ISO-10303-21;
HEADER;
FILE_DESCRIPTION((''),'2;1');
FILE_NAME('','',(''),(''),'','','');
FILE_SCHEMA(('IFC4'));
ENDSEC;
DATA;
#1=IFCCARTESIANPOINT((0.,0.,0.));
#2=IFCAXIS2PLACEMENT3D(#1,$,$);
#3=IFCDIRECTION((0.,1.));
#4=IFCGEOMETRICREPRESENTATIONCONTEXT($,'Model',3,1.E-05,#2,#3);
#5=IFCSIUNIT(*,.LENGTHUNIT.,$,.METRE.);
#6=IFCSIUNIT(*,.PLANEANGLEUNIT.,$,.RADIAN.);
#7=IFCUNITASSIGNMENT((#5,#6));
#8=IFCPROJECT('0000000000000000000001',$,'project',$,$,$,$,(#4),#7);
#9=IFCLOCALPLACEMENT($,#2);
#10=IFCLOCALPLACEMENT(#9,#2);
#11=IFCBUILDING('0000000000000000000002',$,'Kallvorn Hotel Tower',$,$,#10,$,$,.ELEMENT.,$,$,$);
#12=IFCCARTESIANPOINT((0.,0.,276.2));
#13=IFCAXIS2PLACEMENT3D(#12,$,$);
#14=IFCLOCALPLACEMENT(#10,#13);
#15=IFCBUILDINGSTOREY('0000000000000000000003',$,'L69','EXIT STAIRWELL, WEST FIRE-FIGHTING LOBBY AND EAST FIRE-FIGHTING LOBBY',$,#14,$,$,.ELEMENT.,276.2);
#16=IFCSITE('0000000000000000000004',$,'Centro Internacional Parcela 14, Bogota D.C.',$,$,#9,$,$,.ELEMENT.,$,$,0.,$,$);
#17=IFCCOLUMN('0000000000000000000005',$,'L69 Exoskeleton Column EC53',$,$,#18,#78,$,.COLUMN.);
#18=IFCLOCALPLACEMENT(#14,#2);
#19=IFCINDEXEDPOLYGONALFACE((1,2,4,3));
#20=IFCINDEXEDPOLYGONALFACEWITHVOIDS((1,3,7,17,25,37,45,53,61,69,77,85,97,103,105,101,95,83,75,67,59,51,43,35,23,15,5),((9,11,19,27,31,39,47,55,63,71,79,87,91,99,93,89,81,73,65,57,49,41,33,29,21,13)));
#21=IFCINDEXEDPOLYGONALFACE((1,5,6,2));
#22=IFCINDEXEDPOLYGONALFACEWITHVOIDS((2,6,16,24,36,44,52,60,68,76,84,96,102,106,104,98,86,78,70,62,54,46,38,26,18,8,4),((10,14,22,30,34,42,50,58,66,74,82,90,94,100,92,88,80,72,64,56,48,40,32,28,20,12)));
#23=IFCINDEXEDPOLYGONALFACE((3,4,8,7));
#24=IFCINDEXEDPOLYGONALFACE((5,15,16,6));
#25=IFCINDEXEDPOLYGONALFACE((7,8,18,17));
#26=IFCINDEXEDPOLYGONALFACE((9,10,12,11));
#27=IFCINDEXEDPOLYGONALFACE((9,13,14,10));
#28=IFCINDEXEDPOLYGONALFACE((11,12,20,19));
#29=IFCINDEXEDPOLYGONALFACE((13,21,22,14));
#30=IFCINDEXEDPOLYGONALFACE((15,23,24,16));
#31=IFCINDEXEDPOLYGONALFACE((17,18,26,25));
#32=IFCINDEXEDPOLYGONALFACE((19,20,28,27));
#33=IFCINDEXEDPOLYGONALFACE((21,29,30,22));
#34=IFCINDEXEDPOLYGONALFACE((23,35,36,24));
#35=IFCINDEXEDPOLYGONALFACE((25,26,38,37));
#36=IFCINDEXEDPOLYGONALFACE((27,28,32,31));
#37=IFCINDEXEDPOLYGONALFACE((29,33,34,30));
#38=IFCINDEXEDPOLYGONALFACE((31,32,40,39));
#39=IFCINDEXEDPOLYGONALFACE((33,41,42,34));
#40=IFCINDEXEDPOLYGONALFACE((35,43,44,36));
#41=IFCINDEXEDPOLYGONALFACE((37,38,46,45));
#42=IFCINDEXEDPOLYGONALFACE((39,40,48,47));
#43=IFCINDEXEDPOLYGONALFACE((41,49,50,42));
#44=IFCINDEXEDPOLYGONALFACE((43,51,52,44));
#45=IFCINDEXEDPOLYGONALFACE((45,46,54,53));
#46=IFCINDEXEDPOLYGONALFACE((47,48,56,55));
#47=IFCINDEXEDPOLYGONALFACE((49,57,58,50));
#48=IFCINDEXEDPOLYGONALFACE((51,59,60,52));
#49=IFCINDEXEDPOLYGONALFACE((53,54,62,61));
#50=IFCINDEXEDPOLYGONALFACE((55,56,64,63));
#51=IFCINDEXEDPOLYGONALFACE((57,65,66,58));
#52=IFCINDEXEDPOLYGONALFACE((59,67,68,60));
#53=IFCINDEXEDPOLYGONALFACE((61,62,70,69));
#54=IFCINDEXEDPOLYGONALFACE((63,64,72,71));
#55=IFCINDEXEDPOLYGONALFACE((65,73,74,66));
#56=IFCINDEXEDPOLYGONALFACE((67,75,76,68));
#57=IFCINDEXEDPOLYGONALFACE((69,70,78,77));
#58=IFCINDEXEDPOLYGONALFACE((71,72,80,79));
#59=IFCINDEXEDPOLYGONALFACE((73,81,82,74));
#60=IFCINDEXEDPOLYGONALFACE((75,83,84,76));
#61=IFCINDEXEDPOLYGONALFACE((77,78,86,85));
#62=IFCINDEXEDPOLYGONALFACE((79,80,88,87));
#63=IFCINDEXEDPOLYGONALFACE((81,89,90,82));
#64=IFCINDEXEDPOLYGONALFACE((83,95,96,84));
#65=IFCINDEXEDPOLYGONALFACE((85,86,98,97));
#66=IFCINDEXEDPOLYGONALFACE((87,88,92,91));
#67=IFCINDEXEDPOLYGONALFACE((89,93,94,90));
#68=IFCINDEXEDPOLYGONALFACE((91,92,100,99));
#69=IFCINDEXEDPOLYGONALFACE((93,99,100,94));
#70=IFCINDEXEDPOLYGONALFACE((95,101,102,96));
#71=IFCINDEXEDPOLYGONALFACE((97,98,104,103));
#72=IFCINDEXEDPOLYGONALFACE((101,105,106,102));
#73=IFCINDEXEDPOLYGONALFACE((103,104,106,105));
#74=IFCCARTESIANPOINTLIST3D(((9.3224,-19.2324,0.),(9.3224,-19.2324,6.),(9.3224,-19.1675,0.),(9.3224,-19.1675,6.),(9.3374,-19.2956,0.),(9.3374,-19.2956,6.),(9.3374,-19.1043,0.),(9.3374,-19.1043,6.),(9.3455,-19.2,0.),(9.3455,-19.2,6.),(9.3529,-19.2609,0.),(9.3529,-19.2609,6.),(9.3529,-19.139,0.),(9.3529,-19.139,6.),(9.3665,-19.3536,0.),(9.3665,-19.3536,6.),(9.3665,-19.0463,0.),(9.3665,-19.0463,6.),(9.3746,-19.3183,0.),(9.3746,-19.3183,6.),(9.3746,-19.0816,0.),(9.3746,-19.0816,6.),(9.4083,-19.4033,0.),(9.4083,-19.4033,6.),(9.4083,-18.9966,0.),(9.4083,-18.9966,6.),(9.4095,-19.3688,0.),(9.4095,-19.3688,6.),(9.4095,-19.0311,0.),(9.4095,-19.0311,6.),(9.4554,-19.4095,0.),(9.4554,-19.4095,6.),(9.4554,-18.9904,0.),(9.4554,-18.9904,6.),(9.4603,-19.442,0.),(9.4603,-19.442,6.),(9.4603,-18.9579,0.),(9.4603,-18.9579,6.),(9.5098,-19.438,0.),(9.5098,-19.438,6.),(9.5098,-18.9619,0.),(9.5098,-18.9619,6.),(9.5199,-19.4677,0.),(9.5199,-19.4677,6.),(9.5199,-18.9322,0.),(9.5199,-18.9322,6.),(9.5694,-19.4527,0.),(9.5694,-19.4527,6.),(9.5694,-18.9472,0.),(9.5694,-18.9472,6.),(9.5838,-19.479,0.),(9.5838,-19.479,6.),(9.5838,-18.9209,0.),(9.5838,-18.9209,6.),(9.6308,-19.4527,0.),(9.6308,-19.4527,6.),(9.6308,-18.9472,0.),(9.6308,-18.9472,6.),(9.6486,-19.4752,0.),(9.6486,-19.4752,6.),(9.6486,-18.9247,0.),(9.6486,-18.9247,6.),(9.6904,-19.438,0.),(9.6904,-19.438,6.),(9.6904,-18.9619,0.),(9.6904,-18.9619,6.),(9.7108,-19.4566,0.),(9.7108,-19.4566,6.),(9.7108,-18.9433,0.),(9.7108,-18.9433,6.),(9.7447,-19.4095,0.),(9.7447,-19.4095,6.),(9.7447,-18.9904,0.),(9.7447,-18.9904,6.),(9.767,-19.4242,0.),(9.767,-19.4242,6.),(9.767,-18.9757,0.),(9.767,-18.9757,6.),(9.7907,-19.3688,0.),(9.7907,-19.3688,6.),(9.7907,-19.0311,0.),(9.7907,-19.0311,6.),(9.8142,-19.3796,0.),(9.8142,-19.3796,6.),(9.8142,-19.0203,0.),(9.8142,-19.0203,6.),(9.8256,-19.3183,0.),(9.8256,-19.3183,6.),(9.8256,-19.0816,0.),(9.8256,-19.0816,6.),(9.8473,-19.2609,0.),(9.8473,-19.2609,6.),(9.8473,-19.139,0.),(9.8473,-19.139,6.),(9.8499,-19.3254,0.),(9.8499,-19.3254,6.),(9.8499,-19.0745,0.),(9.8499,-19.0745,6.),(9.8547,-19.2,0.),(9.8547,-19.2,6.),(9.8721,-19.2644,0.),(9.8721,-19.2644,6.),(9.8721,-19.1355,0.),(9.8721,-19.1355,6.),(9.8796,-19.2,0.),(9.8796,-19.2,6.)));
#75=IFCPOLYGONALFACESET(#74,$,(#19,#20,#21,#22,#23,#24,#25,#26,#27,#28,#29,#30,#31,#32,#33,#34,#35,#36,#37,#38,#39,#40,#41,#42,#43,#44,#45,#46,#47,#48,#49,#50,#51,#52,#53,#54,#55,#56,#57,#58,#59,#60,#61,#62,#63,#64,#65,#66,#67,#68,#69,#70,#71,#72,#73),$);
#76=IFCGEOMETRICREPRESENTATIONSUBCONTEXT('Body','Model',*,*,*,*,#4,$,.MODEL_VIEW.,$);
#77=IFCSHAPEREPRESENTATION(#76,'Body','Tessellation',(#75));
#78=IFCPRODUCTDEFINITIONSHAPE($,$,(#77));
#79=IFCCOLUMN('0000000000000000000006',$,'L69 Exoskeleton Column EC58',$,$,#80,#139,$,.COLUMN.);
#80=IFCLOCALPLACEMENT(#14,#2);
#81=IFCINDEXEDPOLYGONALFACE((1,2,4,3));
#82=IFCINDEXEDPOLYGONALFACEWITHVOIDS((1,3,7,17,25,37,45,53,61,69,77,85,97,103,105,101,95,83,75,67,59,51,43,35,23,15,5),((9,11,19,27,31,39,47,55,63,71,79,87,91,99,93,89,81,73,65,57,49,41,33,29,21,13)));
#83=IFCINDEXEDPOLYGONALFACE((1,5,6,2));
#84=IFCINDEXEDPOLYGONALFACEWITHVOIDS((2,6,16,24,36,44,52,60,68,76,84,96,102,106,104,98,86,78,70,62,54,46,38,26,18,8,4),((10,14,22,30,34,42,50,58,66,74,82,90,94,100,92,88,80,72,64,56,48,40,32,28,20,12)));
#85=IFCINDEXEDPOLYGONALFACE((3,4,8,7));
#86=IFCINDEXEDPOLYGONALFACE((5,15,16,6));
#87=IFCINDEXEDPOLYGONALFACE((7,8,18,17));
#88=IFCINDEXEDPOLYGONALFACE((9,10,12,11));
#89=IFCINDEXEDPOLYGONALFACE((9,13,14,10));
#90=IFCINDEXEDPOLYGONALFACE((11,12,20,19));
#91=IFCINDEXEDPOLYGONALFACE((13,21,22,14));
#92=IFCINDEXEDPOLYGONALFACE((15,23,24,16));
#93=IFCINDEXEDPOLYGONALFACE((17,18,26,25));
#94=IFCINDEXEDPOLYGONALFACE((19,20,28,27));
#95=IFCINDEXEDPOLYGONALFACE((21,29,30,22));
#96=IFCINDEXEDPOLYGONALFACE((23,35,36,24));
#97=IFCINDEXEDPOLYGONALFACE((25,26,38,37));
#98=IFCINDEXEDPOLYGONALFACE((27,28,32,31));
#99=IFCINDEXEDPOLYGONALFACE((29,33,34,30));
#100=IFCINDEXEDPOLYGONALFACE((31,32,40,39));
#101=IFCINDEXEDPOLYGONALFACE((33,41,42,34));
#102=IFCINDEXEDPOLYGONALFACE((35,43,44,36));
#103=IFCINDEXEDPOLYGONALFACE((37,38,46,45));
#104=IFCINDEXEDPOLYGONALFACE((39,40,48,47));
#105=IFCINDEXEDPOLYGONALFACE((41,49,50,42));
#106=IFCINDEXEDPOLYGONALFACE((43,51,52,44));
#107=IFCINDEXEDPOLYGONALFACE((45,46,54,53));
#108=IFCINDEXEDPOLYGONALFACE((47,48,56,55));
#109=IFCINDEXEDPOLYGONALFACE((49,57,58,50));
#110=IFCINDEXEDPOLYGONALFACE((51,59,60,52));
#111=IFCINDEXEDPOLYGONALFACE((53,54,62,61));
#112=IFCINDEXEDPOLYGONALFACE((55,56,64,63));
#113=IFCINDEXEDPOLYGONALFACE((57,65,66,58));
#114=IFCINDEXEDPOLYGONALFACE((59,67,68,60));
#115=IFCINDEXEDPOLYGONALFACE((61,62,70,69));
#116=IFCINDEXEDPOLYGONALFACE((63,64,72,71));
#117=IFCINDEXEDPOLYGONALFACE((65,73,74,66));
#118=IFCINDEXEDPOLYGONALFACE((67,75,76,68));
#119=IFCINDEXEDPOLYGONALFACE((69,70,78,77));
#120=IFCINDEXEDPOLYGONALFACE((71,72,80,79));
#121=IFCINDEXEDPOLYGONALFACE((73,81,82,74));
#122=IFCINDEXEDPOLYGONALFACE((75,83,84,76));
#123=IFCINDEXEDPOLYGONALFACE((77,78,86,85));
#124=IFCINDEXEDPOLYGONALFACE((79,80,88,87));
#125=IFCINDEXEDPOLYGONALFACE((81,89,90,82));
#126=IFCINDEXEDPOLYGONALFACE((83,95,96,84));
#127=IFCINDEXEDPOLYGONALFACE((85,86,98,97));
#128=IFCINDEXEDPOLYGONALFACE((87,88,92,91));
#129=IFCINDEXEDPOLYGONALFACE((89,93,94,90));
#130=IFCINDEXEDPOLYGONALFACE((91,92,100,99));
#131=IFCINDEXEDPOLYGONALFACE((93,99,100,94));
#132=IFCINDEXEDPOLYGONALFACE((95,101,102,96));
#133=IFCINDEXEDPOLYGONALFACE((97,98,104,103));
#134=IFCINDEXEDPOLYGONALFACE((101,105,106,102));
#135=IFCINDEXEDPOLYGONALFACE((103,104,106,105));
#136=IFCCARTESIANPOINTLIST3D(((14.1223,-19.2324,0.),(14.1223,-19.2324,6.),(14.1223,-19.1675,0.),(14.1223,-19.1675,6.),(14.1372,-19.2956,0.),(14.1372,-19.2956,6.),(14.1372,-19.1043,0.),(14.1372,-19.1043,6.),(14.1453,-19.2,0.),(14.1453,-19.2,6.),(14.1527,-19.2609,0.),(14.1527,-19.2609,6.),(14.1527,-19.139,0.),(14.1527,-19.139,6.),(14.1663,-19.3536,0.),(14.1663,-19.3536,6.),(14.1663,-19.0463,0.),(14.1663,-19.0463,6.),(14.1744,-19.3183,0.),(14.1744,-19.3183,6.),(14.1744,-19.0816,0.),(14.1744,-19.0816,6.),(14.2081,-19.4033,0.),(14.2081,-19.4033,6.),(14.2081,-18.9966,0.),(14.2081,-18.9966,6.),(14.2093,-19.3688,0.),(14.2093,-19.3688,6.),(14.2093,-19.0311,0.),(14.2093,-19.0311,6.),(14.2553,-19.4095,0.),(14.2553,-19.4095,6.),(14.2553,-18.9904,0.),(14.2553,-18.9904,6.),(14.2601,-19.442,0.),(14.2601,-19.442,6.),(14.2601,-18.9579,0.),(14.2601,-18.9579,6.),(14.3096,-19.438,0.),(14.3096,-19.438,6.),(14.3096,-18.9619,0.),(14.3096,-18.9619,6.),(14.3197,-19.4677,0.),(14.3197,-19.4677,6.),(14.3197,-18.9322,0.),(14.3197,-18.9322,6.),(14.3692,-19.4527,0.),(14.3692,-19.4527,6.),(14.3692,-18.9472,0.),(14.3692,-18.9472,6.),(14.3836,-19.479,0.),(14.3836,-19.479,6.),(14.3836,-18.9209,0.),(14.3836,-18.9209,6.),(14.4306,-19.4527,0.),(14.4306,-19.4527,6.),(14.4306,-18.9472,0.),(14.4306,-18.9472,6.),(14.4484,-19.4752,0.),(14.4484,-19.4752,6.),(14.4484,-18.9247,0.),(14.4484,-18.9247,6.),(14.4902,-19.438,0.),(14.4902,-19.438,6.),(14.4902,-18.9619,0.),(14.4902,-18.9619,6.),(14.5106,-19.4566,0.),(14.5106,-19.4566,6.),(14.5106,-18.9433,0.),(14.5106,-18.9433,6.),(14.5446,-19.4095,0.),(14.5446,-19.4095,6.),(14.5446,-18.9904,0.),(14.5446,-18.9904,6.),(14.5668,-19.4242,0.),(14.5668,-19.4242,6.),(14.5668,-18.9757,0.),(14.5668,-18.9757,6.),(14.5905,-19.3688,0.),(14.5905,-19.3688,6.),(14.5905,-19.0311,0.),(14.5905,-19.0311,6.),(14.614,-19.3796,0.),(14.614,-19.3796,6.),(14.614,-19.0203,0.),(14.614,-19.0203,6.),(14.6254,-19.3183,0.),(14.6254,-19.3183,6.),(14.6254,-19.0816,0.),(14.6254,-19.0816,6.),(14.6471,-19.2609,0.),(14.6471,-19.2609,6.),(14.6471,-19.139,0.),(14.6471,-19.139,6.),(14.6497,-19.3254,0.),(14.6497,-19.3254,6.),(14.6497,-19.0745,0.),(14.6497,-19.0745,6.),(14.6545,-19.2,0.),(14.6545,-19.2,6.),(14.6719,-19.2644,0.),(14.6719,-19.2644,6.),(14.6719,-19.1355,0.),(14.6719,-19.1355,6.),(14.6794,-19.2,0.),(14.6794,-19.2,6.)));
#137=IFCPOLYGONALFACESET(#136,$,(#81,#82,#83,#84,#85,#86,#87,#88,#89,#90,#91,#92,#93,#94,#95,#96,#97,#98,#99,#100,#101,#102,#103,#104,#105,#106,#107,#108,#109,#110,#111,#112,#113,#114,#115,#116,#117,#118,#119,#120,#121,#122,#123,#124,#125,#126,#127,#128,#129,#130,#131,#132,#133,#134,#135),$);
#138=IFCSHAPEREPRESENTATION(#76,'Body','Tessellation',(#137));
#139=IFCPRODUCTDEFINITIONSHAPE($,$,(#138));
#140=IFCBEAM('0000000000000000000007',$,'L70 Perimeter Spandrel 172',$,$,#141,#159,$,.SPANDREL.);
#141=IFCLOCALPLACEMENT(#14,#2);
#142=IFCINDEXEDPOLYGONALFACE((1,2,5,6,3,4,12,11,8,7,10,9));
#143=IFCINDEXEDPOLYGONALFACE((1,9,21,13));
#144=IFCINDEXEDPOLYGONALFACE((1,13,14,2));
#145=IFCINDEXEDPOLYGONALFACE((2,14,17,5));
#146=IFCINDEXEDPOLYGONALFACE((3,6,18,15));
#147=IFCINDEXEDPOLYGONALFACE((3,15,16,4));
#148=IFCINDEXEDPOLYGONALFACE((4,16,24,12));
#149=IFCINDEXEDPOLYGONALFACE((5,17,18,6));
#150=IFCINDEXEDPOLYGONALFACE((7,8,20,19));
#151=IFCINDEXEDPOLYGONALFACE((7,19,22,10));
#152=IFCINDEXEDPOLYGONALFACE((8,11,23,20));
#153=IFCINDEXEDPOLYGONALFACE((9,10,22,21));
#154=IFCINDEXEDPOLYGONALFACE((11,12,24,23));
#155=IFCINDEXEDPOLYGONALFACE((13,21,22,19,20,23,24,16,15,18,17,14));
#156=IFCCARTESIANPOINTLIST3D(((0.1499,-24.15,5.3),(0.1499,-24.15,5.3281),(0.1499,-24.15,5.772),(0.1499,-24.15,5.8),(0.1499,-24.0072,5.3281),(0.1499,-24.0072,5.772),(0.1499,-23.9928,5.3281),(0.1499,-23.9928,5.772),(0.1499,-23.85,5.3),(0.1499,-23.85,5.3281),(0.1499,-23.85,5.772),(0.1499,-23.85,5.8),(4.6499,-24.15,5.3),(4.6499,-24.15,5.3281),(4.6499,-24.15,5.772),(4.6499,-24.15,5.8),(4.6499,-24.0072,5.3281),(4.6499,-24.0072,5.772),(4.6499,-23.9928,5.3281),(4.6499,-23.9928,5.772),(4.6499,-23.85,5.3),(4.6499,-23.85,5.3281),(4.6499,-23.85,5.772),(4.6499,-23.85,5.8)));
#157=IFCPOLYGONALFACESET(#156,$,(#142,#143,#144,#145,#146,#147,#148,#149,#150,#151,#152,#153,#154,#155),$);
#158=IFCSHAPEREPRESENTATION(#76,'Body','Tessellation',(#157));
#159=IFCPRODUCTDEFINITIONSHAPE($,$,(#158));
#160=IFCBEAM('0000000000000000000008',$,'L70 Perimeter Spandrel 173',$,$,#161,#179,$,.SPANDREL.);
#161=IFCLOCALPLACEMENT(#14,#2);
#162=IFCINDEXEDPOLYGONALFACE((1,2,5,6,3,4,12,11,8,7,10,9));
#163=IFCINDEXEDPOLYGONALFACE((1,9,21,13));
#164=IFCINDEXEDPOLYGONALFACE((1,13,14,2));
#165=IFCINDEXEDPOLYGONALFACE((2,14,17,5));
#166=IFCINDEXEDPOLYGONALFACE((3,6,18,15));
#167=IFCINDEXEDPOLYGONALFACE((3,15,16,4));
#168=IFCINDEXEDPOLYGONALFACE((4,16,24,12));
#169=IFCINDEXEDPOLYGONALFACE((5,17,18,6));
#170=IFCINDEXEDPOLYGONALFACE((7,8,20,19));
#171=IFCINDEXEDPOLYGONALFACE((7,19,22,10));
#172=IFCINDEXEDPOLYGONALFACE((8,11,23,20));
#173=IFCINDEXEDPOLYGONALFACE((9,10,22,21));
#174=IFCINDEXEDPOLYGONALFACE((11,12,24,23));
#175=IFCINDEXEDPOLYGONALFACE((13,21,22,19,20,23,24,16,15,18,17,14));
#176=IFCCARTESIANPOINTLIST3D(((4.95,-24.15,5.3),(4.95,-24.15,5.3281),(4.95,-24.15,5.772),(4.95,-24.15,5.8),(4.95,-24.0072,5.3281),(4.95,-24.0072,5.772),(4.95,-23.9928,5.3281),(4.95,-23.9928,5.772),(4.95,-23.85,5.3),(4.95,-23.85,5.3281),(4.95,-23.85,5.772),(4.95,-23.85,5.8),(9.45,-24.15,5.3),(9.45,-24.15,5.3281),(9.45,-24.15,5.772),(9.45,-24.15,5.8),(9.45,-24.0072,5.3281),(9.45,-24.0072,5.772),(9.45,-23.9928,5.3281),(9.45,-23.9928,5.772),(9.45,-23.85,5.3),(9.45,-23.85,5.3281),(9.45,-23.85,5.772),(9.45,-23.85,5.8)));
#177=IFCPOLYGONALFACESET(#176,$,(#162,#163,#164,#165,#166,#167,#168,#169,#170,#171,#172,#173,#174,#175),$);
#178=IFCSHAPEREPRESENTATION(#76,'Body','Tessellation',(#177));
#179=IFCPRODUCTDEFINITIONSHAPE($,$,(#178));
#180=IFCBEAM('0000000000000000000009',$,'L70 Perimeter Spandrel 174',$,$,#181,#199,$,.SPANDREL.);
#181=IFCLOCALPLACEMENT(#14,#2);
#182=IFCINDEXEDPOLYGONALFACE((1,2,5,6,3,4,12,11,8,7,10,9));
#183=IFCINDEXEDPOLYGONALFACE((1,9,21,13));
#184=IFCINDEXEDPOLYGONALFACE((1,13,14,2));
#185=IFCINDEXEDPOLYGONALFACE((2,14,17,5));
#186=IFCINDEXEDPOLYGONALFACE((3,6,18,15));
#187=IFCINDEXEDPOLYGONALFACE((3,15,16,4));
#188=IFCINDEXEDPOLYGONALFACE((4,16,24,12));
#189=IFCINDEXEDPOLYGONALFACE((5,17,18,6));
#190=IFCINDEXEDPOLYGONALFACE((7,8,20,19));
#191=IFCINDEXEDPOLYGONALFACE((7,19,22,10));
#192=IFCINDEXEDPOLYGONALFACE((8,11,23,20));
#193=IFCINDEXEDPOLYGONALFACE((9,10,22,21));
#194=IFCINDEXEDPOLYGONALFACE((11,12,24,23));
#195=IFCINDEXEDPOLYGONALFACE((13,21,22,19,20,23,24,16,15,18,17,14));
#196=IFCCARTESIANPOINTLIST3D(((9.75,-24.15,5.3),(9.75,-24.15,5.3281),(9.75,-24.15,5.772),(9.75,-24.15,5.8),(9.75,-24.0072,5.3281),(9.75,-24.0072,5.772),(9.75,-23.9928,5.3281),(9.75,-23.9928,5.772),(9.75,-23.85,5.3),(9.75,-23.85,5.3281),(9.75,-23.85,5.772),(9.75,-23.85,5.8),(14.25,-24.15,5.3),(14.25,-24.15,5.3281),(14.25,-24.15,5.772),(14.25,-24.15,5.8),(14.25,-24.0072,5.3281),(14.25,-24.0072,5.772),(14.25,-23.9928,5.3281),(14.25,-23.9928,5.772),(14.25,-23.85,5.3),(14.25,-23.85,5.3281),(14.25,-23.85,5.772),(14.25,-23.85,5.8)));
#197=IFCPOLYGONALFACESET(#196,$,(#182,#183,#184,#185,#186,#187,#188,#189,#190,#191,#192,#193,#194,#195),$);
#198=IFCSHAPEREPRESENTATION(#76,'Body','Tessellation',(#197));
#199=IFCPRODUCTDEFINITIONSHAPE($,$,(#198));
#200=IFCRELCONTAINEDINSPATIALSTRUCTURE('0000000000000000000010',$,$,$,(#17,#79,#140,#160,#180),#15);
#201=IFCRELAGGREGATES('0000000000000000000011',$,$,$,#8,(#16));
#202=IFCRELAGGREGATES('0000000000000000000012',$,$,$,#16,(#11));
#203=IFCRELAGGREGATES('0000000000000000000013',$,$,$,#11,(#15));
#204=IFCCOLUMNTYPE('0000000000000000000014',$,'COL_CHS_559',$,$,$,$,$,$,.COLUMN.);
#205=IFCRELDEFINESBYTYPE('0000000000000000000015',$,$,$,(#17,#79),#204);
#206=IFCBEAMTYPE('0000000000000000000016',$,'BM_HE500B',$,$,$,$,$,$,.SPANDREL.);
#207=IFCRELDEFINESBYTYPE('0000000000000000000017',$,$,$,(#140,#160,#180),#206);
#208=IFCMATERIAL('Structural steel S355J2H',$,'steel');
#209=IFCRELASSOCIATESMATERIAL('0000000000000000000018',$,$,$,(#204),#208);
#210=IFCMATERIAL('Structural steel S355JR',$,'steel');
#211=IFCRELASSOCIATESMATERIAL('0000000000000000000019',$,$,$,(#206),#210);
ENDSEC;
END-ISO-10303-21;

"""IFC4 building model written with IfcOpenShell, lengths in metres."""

from ifc_helpers import new_model, si_unit, direction, frame, origin, origin_2d, place, context, subcontext, project, spatial, hollow_circle, i_section, extrude, material, material_profile, profile_set, type_object, element, save


model = new_model("IFC4")

# Units and contexts
model_context = context("Model", 3, precision=1e-05, world=origin(), true_north=direction((0.0, 1.0)))
body_context = subcontext(model_context, "Body", "Model", "MODEL_VIEW")
ifc_project = project(units=[si_unit("LENGTHUNIT", "METRE"), si_unit("PLANEANGLEUNIT", "RADIAN")], contexts=[model_context])

# Site, building, storey
site_placement = place(None, origin())
site = spatial("IfcSite", under=ifc_project, at=site_placement, Name="Centro Internacional Parcela 14, Bogota D.C.", CompositionType="ELEMENT", RefElevation=0.0)
building_placement = place(site_placement, origin())
building = spatial("IfcBuilding", under=site, at=building_placement, Name="Kallvorn Hotel Tower", CompositionType="ELEMENT")
storey_placement = place(building_placement, frame((0.0, 0.0, 276.2)))
storey = spatial("IfcBuildingStorey", under=building, at=storey_placement, Name="L69", Description="EXIT STAIRWELL, WEST FIRE-FIGHTING LOBBY AND EAST FIRE-FIGHTING LOBBY", CompositionType="ELEMENT", Elevation=276.2)

# Columns
ifc_material_1 = material(Name="Structural steel S355J2H", Category="steel")
ifc_material_profile_1 = material_profile(ifc_material_1, hollow_circle(Radius=0.2795, WallThickness=0.0249, at=origin_2d()), Name="CHS 559x25")
ifc_profile_set_1 = profile_set([ifc_material_profile_1], Name="Structural steel S355J2H")
column_type_1 = type_object("IfcColumnType", Name="COL_CHS_559", PredefinedType="COLUMN", material=ifc_profile_set_1)
for number, where, z_axis, x_axis, name in (
    (1, (9.6001, -19.2, 0.0), (0.0, 0.0, 1.0), (1.0, 0.0, 0.0), "L69 Exoskeleton Column EC53"),
    (2, (14.3999, -19.2, 0.0), (0.0, 0.0, 1.0), (1.0, 0.0, 0.0), "L69 Exoskeleton Column EC58"),
):
    element("IfcColumn", number, at=place(storey_placement, frame(where, z_axis=z_axis, x_axis=x_axis)), inside=storey, type_object=column_type_1, Name=name, PredefinedType="COLUMN", context=body_context, shape_type="SweptSolid", body=[
        extrude(hollow_circle(Radius=0.2795, WallThickness=0.0249, at=origin_2d()), origin(), (0.0, 0.0, 1.0), 6.0),
    ])

# Beams
ifc_material_2 = material(Name="Structural steel S355JR", Category="steel")
ifc_material_profile_2 = material_profile(ifc_material_2, i_section(OverallWidth=0.3, OverallDepth=0.5, WebThickness=0.0144, FlangeThickness=0.0281, at=origin_2d()), Name="HE 500 B")
ifc_profile_set_2 = profile_set([ifc_material_profile_2], Name="Structural steel S355JR")
beam_type_1 = type_object("IfcBeamType", Name="BM_HE500B", PredefinedType="SPANDREL", material=ifc_profile_set_2)
for number, where, z_axis, x_axis, name in (
    (3, (0.1499, -24.0, 5.55), (1.0, 0.0, 0.0), (0.0, 1.0, 0.0), "L70 Perimeter Spandrel 172"),
    (4, (4.95, -24.0, 5.55), (1.0, 0.0, 0.0), (0.0, 1.0, 0.0), "L70 Perimeter Spandrel 173"),
    (5, (9.75, -24.0, 5.55), (1.0, 0.0, 0.0), (0.0, 1.0, 0.0), "L70 Perimeter Spandrel 174"),
):
    element("IfcBeam", number, at=place(storey_placement, frame(where, z_axis=z_axis, x_axis=x_axis)), inside=storey, type_object=beam_type_1, Name=name, PredefinedType="SPANDREL", context=body_context, shape_type="SweptSolid", body=[
        extrude(i_section(OverallWidth=0.3, OverallDepth=0.5, WebThickness=0.0144, FlangeThickness=0.0281, at=origin_2d()), origin(), (0.0, 0.0, 1.0), 4.5),
    ])

save(model, "model.ifc")
